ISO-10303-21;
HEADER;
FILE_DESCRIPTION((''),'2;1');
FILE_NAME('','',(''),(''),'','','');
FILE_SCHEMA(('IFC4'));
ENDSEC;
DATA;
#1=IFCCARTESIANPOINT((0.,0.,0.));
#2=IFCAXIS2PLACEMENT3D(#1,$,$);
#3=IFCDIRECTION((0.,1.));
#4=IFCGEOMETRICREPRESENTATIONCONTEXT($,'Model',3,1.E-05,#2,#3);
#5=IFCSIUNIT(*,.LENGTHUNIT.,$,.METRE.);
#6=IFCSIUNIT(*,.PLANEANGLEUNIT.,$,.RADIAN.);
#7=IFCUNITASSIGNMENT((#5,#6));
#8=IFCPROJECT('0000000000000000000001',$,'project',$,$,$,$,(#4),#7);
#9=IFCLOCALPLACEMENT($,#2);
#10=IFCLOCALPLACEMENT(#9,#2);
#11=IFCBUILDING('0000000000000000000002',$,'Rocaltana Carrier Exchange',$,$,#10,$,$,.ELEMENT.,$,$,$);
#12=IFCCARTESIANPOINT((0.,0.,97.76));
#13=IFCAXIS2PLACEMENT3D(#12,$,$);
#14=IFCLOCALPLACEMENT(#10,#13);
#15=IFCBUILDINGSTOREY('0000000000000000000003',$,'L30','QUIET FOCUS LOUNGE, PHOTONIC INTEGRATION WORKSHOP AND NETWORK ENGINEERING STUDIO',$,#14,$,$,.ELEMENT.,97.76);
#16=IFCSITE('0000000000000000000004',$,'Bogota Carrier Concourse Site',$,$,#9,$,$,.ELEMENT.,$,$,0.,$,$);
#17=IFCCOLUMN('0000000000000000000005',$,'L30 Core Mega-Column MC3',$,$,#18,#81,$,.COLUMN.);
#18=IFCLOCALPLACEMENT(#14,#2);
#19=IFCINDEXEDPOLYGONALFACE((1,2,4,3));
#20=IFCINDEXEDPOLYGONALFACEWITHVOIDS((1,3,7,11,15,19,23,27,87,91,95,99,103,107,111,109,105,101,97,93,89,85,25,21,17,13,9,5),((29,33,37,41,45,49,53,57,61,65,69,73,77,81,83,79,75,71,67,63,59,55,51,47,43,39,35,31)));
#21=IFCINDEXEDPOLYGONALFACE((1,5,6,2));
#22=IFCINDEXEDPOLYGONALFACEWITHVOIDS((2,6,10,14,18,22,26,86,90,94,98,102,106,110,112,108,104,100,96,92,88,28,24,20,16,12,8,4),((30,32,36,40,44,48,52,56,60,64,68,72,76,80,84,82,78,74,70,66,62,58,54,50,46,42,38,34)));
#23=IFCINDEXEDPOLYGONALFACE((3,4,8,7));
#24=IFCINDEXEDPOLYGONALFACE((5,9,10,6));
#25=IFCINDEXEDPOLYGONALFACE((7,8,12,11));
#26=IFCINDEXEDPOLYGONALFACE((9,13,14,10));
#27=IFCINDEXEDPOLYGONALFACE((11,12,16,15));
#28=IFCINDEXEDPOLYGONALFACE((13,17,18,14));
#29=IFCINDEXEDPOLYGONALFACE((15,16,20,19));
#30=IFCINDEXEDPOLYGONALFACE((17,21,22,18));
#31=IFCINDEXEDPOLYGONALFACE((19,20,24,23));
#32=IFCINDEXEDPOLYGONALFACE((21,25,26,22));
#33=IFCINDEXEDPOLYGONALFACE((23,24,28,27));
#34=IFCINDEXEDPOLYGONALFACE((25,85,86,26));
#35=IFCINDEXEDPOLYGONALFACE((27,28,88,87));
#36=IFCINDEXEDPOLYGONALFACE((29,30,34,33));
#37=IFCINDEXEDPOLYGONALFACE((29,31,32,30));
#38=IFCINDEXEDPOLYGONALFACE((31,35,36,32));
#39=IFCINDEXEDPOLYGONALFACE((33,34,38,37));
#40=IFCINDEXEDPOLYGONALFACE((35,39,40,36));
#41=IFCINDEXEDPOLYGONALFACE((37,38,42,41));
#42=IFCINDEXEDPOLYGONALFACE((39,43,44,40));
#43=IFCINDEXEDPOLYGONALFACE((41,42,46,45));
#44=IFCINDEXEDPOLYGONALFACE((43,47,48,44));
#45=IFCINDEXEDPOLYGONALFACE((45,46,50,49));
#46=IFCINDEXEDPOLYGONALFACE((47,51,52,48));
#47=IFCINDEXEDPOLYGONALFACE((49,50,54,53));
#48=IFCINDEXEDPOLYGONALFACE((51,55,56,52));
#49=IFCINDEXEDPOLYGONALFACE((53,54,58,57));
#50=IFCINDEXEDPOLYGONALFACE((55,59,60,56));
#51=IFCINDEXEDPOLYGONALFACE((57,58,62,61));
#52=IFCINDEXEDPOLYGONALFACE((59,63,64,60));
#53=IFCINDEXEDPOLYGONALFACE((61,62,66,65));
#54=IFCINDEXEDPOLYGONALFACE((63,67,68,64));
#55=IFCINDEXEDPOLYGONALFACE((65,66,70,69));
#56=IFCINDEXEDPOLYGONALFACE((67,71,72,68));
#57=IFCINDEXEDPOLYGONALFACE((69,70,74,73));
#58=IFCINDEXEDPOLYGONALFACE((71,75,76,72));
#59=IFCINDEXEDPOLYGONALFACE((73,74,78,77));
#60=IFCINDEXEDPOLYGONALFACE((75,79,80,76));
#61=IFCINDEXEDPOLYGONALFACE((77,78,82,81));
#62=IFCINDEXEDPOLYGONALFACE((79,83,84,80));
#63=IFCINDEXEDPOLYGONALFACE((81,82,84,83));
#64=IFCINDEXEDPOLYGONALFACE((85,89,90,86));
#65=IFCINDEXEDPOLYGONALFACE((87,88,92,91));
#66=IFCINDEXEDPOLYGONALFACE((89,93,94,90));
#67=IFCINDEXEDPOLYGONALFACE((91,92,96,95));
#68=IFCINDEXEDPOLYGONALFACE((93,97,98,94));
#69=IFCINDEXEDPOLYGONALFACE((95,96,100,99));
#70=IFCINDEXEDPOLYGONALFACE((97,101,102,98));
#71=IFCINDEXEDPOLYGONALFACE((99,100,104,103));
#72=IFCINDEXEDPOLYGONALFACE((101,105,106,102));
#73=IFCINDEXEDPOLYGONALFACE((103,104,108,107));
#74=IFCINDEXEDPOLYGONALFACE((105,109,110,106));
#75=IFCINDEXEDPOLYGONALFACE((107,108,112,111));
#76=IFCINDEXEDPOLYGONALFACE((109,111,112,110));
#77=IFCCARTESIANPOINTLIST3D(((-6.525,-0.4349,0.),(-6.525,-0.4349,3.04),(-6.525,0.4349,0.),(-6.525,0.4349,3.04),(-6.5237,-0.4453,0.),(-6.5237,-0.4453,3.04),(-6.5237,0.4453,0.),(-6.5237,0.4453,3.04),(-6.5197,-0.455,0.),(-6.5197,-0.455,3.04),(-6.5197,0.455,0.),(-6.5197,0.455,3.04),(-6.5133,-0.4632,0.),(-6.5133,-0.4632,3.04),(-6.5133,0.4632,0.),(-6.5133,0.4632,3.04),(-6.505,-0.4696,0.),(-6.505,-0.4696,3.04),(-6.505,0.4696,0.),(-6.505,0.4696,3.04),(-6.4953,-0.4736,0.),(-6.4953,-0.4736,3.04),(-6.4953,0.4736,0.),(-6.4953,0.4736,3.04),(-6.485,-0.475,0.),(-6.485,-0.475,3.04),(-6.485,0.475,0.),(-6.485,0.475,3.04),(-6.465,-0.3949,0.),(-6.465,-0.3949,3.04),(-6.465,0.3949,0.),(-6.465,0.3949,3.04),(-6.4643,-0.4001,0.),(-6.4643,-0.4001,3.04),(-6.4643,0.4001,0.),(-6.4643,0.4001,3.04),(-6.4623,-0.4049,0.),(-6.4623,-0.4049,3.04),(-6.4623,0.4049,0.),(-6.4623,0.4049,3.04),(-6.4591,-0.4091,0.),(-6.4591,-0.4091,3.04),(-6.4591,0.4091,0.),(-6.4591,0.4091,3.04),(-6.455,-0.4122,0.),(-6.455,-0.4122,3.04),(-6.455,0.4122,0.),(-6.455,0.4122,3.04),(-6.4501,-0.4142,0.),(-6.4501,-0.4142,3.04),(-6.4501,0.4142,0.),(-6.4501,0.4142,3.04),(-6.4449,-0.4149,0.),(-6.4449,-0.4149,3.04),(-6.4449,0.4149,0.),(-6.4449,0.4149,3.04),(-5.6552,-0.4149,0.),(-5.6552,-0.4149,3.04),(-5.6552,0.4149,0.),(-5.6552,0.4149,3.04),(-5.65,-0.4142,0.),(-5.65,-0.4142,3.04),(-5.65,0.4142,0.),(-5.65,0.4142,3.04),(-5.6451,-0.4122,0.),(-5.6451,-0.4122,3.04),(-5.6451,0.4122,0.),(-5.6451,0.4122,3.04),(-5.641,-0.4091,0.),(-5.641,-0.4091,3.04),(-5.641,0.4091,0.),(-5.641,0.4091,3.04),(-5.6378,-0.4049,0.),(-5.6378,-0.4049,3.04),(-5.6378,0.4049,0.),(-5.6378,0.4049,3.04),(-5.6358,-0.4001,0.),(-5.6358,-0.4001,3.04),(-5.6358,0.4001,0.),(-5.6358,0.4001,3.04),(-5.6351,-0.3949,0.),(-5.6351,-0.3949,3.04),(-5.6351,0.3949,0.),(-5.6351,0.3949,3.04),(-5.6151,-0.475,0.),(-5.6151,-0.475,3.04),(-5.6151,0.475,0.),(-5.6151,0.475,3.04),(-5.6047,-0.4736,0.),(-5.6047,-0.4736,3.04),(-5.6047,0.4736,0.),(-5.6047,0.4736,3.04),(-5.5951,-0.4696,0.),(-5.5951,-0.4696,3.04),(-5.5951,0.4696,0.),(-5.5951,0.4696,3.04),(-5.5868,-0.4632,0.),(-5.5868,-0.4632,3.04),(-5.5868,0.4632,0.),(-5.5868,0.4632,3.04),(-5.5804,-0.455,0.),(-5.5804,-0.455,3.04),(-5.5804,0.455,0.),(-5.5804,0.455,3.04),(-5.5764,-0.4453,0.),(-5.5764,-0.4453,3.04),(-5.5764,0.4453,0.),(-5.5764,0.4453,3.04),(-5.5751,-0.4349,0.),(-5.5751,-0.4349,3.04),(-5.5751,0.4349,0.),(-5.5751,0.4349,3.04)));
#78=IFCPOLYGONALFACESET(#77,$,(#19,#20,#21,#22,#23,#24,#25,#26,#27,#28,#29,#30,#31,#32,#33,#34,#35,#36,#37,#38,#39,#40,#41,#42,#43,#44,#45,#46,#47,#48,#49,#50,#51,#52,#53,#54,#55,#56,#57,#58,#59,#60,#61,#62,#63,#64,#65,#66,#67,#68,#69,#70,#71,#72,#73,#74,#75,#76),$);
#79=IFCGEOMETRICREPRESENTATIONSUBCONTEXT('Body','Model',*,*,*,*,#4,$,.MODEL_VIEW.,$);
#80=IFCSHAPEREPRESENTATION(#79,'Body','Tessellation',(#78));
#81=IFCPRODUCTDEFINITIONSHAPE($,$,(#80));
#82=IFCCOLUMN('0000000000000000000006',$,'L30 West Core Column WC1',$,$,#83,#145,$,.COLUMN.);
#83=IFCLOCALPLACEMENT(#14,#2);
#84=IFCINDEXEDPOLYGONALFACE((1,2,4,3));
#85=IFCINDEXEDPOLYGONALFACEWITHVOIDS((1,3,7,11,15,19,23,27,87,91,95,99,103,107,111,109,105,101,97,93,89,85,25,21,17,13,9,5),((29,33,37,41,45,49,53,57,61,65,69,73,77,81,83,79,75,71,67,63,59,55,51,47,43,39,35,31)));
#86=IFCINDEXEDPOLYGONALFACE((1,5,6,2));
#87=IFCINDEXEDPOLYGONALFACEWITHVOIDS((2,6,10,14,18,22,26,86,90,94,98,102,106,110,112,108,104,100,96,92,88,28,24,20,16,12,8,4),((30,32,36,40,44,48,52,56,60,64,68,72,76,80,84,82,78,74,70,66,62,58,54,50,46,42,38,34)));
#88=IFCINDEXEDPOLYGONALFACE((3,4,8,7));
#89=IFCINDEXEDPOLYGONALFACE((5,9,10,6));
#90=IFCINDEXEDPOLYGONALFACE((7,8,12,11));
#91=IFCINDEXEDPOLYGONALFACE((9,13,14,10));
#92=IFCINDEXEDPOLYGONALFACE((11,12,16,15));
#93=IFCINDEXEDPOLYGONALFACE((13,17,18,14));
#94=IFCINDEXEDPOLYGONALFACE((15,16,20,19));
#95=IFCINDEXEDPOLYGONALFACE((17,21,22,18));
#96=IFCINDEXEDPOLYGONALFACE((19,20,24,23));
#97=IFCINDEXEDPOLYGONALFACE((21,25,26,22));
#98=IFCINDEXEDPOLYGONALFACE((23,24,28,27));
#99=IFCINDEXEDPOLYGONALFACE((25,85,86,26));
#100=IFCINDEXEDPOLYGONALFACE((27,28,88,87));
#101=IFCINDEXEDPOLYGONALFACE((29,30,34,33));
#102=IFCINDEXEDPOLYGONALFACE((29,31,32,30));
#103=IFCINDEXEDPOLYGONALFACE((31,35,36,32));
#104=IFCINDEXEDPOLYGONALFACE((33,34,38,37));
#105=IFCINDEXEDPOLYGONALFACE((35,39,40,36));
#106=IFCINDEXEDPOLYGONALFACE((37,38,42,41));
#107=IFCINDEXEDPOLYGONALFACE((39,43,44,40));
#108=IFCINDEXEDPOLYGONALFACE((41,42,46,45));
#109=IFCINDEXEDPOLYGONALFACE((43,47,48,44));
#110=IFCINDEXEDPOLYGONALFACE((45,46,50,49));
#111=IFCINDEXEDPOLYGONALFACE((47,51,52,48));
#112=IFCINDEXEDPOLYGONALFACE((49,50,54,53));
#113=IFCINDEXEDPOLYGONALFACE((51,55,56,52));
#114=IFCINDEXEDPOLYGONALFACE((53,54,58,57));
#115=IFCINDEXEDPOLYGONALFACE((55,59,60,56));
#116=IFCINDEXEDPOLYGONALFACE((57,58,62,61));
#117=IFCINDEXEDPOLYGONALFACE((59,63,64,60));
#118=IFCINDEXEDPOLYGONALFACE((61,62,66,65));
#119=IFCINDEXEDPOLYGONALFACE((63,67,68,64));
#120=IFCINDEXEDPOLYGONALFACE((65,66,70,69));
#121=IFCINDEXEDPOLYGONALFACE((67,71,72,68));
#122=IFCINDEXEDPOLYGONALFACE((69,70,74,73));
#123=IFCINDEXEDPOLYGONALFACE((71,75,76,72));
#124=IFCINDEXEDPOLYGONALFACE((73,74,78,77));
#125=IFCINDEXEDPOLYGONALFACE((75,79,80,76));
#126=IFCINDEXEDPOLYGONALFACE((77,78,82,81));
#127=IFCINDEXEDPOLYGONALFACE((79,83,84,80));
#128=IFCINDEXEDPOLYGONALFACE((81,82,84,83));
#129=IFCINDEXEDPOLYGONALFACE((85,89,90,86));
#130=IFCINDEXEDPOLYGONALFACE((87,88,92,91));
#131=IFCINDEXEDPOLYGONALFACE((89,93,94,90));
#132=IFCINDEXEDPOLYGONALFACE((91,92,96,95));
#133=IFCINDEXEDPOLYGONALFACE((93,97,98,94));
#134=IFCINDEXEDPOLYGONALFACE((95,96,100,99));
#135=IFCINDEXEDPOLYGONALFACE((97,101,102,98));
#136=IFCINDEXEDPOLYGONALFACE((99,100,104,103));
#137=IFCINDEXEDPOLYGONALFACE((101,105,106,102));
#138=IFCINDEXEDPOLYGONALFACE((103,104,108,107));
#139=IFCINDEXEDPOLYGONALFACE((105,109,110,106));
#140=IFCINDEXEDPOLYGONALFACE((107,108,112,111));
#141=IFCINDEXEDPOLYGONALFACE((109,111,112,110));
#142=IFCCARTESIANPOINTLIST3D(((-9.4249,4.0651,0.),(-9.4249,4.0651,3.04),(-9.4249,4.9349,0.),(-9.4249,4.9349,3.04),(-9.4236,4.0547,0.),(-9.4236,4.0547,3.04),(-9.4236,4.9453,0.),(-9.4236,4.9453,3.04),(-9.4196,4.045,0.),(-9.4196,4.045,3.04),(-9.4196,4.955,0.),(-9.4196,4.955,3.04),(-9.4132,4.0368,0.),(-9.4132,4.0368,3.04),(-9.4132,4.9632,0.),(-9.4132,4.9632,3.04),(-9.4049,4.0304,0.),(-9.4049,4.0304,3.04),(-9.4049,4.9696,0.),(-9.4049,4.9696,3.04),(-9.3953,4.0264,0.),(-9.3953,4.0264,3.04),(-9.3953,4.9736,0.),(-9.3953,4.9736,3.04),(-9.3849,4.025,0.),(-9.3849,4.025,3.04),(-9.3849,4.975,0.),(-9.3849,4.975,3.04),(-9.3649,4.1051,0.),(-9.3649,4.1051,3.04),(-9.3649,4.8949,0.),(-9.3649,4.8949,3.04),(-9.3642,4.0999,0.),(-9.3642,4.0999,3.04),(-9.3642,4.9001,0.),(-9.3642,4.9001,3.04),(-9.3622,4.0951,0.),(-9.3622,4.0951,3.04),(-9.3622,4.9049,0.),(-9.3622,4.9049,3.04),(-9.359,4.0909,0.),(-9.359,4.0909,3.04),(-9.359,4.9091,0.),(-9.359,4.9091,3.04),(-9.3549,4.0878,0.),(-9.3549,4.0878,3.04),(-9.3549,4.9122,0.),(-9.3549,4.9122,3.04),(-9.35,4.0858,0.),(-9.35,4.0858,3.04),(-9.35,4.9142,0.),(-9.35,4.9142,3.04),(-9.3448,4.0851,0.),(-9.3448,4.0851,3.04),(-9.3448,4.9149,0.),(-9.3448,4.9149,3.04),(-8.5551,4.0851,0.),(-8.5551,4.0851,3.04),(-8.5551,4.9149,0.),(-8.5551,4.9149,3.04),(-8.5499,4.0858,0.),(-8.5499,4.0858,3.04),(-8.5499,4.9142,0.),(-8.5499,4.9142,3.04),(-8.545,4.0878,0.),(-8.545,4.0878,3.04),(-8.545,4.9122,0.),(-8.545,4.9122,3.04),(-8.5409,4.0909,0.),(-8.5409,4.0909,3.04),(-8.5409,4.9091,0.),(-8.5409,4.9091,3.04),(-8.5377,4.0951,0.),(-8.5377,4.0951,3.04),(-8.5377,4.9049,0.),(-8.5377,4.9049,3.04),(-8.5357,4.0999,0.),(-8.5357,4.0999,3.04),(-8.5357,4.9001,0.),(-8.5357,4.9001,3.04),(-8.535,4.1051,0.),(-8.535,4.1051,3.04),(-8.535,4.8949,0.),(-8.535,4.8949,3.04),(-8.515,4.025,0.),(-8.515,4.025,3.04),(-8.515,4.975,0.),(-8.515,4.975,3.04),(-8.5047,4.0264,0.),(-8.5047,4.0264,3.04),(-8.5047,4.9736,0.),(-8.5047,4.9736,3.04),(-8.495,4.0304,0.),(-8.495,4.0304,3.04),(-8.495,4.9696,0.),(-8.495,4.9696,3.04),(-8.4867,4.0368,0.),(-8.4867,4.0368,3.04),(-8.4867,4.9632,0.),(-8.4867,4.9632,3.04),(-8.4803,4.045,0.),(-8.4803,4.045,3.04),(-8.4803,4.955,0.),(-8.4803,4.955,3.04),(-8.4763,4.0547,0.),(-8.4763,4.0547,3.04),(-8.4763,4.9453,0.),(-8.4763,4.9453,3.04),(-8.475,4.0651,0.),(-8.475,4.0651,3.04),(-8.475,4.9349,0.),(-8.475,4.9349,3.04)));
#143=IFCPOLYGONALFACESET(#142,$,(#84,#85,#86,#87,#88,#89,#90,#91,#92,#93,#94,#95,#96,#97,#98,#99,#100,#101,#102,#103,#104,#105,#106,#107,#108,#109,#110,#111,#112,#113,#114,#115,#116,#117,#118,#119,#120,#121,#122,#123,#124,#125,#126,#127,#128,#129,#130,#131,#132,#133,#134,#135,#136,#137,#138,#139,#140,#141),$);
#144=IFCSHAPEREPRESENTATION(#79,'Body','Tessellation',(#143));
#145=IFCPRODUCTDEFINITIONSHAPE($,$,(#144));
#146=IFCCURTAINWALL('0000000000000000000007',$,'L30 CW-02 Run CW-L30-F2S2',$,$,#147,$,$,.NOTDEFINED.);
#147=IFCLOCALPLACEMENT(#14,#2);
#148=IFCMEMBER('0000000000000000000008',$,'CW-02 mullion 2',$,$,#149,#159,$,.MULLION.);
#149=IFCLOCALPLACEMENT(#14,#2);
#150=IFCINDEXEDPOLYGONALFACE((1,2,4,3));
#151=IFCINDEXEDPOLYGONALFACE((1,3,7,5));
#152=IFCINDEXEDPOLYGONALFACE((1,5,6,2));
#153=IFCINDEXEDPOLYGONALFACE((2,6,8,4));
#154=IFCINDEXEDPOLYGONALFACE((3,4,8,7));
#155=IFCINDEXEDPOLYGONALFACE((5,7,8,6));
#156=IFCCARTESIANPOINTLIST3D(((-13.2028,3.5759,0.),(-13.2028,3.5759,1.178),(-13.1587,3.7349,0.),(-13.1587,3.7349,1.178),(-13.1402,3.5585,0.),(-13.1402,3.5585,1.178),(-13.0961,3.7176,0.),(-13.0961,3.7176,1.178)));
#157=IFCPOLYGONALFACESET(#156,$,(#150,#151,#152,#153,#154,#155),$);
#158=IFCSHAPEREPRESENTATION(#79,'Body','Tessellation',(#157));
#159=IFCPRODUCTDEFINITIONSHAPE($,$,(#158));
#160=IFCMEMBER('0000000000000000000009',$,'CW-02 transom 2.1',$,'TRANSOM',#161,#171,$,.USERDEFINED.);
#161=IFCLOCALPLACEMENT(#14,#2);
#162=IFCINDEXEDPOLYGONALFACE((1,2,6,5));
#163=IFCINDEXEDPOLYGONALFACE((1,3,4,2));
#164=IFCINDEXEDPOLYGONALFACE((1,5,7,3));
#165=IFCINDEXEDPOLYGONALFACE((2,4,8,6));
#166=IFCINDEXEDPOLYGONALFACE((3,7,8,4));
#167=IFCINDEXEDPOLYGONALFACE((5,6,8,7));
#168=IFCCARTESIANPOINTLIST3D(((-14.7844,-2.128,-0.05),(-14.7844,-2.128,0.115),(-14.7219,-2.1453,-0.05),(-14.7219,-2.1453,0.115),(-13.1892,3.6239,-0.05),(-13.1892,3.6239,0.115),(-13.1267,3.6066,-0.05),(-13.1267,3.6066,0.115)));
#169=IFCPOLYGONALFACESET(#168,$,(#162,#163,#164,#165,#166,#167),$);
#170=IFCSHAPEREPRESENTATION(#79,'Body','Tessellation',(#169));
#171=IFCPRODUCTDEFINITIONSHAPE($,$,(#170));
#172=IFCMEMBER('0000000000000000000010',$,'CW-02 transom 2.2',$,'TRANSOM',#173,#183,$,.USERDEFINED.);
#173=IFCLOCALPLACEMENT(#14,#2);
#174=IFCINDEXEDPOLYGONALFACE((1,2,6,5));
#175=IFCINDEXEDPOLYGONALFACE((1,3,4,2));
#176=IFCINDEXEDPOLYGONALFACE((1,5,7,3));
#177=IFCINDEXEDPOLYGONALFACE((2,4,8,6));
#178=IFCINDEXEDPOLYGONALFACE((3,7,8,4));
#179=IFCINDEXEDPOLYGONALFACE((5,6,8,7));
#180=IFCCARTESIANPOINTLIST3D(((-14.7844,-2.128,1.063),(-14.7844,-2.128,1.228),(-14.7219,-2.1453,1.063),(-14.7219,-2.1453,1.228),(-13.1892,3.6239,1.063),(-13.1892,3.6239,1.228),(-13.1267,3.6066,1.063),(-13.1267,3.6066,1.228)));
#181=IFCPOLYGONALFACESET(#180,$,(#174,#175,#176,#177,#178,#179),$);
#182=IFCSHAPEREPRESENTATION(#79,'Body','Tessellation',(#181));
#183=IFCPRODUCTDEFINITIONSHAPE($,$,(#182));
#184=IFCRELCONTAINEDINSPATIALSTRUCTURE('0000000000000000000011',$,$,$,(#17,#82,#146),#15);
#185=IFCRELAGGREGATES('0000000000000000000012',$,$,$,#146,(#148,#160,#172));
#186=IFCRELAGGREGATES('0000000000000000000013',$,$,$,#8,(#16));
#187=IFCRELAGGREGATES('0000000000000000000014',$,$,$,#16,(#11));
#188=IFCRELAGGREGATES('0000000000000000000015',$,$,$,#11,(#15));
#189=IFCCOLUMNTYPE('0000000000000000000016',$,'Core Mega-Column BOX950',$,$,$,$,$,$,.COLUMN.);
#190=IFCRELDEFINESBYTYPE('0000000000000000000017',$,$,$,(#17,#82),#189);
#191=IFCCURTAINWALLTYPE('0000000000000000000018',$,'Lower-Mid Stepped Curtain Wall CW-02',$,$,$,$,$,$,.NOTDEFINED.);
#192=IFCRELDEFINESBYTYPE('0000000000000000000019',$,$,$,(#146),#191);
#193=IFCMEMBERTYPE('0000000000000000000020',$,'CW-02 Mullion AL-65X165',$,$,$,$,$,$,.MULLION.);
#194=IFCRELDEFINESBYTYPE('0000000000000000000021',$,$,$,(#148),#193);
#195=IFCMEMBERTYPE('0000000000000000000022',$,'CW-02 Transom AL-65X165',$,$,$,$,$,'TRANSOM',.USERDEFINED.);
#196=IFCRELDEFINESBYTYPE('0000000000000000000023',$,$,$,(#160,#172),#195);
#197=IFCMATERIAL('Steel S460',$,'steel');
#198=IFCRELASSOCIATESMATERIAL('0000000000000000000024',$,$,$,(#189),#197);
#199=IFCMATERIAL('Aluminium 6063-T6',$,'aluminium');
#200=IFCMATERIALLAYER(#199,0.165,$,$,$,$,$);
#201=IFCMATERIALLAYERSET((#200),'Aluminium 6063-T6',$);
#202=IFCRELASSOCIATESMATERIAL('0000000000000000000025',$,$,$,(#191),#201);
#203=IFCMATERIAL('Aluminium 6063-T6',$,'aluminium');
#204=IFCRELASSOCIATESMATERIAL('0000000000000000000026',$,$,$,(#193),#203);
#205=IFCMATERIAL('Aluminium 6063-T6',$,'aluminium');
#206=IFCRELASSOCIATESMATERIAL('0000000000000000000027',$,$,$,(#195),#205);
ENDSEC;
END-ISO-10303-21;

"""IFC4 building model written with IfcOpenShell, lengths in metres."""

from ifc_helpers import new_model, si_unit, direction, frame, origin, origin_2d, place, context, subcontext, project, spatial, rectangle, hollow_rectangle, extrude, material, layer, layer_set, material_profile, profile_set, type_object, element, aggregate, save


model = new_model("IFC4")

# Units and contexts
model_context = context("Model", 3, precision=1e-05, world=origin(), true_north=direction((0.0, 1.0)))
body_context = subcontext(model_context, "Body", "Model", "MODEL_VIEW")
ifc_project = project(units=[si_unit("LENGTHUNIT", "METRE"), si_unit("PLANEANGLEUNIT", "RADIAN")], contexts=[model_context])

# Site, building, storey
site_placement = place(None, origin())
site = spatial("IfcSite", under=ifc_project, at=site_placement, Name="Bogota Carrier Concourse Site", CompositionType="ELEMENT", RefElevation=0.0)
building_placement = place(site_placement, origin())
building = spatial("IfcBuilding", under=site, at=building_placement, Name="Rocaltana Carrier Exchange", CompositionType="ELEMENT")
storey_placement = place(building_placement, frame((0.0, 0.0, 97.76)))
storey = spatial("IfcBuildingStorey", under=building, at=storey_placement, Name="L30", Description="QUIET FOCUS LOUNGE, PHOTONIC INTEGRATION WORKSHOP AND NETWORK ENGINEERING STUDIO", CompositionType="ELEMENT", Elevation=97.76)

# Columns
ifc_material_1 = material(Name="Steel S460", Category="steel")
ifc_material_profile_1 = material_profile(ifc_material_1, hollow_rectangle(XDim=0.95, YDim=0.95, WallThickness=0.0601, InnerFilletRadius=0.02, OuterFilletRadius=0.04, at=origin_2d()), Name="BOX950X950X60")
ifc_profile_set_1 = profile_set([ifc_material_profile_1], Name="Steel S460")
column_type = type_object("IfcColumnType", Name="Core Mega-Column BOX950", PredefinedType="COLUMN", material=ifc_profile_set_1)
for number, where, z_axis, x_axis, name in (
    (1, (-6.05, 0.0, 0.0), (0.0, 0.0, 1.0), (1.0, 0.0, 0.0), "L30 Core Mega-Column MC3"),
    (2, (-8.95, 4.5, 0.0), (0.0, 0.0, 1.0), (1.0, 0.0, 0.0), "L30 West Core Column WC1"),
):
    element("IfcColumn", number, at=place(storey_placement, frame(where, z_axis=z_axis, x_axis=x_axis)), inside=storey, type_object=column_type, Name=name, PredefinedType="COLUMN", context=body_context, shape_type="SweptSolid", body=[
        extrude(hollow_rectangle(XDim=0.95, YDim=0.95, WallThickness=0.0601, InnerFilletRadius=0.02, OuterFilletRadius=0.04, at=origin_2d()), origin(), (0.0, 0.0, 1.0), 3.04),
    ])

# Curtain wall, members
ifc_material_2 = material(Name="Aluminium 6063-T6", Category="aluminium")
ifc_layer_1 = layer(ifc_material_2, 0.165)
ifc_layer_set_1 = layer_set([ifc_layer_1], Name="Aluminium 6063-T6")
curtain_wall_type = type_object("IfcCurtainWallType", Name="Lower-Mid Stepped Curtain Wall CW-02", PredefinedType="NOTDEFINED", material=ifc_layer_set_1)
curtain_wall_placement = place(storey_placement, origin())
curtain_wall = element("IfcCurtainWall", 3, at=curtain_wall_placement, inside=storey, type_object=curtain_wall_type, Name="L30 CW-02 Run CW-L30-F2S2", PredefinedType="NOTDEFINED")
ifc_material_3 = material(Name="Aluminium 6063-T6", Category="aluminium")
ifc_material_profile_2 = material_profile(ifc_material_3, rectangle(XDim=0.0649, YDim=0.165, at=origin_2d()), Name="AL-65X165")
ifc_profile_set_2 = profile_set([ifc_material_profile_2], Name="Aluminium 6063-T6")
member_type_1 = type_object("IfcMemberType", Name="CW-02 Mullion AL-65X165", PredefinedType="MULLION", material=ifc_profile_set_2)
member_1_placement = place(storey_placement, frame((-13.1494, 3.6467, 0.0), z_axis=(0.0, 0.0, 1.0), x_axis=(0.963631, -0.267238, 0.0)))
member_1 = element("IfcMember", 4, at=member_1_placement, type_object=member_type_1, Name="CW-02 mullion 2", PredefinedType="MULLION", context=body_context, shape_type="SweptSolid", body=[
    extrude(rectangle(XDim=0.0649, YDim=0.165, at=origin_2d()), origin(), (0.0, 0.0, 1.0), 1.178),
])
ifc_material_4 = material(Name="Aluminium 6063-T6", Category="aluminium")
ifc_material_profile_3 = material_profile(ifc_material_4, rectangle(XDim=0.0649, YDim=0.165, at=origin_2d()), Name="AL-65X165")
ifc_profile_set_3 = profile_set([ifc_material_profile_3], Name="Aluminium 6063-T6")
member_type_2 = type_object("IfcMemberType", Name="CW-02 Transom AL-65X165", ElementType="TRANSOM", PredefinedType="USERDEFINED", material=ifc_profile_set_3)
member_2_placement = place(storey_placement, frame((-13.158, 3.6152, 0.0325), z_axis=(-0.267247, -0.963628, 0.0), x_axis=(0.963628, -0.267247, 0.0)))
member_2 = element("IfcMember", 5, at=member_2_placement, type_object=member_type_2, Name="CW-02 transom 2.1", ObjectType="TRANSOM", PredefinedType="USERDEFINED", context=body_context, shape_type="SweptSolid", body=[
    extrude(rectangle(XDim=0.0649, YDim=0.165, at=origin_2d()), origin(), (0.0, 0.0, 1.0), 5.969),
])
member_3_placement = place(storey_placement, frame((-13.158, 3.6152, 1.1455), z_axis=(-0.267247, -0.963628, 0.0), x_axis=(0.963628, -0.267247, 0.0)))
member_3 = element("IfcMember", 6, at=member_3_placement, type_object=member_type_2, Name="CW-02 transom 2.2", ObjectType="TRANSOM", PredefinedType="USERDEFINED", context=body_context, shape_type="SweptSolid", body=[
    extrude(rectangle(XDim=0.0649, YDim=0.165, at=origin_2d()), origin(), (0.0, 0.0, 1.0), 5.969),
])

aggregate(curtain_wall, [member_1, member_2, member_3])

save(model, "model.ifc")
